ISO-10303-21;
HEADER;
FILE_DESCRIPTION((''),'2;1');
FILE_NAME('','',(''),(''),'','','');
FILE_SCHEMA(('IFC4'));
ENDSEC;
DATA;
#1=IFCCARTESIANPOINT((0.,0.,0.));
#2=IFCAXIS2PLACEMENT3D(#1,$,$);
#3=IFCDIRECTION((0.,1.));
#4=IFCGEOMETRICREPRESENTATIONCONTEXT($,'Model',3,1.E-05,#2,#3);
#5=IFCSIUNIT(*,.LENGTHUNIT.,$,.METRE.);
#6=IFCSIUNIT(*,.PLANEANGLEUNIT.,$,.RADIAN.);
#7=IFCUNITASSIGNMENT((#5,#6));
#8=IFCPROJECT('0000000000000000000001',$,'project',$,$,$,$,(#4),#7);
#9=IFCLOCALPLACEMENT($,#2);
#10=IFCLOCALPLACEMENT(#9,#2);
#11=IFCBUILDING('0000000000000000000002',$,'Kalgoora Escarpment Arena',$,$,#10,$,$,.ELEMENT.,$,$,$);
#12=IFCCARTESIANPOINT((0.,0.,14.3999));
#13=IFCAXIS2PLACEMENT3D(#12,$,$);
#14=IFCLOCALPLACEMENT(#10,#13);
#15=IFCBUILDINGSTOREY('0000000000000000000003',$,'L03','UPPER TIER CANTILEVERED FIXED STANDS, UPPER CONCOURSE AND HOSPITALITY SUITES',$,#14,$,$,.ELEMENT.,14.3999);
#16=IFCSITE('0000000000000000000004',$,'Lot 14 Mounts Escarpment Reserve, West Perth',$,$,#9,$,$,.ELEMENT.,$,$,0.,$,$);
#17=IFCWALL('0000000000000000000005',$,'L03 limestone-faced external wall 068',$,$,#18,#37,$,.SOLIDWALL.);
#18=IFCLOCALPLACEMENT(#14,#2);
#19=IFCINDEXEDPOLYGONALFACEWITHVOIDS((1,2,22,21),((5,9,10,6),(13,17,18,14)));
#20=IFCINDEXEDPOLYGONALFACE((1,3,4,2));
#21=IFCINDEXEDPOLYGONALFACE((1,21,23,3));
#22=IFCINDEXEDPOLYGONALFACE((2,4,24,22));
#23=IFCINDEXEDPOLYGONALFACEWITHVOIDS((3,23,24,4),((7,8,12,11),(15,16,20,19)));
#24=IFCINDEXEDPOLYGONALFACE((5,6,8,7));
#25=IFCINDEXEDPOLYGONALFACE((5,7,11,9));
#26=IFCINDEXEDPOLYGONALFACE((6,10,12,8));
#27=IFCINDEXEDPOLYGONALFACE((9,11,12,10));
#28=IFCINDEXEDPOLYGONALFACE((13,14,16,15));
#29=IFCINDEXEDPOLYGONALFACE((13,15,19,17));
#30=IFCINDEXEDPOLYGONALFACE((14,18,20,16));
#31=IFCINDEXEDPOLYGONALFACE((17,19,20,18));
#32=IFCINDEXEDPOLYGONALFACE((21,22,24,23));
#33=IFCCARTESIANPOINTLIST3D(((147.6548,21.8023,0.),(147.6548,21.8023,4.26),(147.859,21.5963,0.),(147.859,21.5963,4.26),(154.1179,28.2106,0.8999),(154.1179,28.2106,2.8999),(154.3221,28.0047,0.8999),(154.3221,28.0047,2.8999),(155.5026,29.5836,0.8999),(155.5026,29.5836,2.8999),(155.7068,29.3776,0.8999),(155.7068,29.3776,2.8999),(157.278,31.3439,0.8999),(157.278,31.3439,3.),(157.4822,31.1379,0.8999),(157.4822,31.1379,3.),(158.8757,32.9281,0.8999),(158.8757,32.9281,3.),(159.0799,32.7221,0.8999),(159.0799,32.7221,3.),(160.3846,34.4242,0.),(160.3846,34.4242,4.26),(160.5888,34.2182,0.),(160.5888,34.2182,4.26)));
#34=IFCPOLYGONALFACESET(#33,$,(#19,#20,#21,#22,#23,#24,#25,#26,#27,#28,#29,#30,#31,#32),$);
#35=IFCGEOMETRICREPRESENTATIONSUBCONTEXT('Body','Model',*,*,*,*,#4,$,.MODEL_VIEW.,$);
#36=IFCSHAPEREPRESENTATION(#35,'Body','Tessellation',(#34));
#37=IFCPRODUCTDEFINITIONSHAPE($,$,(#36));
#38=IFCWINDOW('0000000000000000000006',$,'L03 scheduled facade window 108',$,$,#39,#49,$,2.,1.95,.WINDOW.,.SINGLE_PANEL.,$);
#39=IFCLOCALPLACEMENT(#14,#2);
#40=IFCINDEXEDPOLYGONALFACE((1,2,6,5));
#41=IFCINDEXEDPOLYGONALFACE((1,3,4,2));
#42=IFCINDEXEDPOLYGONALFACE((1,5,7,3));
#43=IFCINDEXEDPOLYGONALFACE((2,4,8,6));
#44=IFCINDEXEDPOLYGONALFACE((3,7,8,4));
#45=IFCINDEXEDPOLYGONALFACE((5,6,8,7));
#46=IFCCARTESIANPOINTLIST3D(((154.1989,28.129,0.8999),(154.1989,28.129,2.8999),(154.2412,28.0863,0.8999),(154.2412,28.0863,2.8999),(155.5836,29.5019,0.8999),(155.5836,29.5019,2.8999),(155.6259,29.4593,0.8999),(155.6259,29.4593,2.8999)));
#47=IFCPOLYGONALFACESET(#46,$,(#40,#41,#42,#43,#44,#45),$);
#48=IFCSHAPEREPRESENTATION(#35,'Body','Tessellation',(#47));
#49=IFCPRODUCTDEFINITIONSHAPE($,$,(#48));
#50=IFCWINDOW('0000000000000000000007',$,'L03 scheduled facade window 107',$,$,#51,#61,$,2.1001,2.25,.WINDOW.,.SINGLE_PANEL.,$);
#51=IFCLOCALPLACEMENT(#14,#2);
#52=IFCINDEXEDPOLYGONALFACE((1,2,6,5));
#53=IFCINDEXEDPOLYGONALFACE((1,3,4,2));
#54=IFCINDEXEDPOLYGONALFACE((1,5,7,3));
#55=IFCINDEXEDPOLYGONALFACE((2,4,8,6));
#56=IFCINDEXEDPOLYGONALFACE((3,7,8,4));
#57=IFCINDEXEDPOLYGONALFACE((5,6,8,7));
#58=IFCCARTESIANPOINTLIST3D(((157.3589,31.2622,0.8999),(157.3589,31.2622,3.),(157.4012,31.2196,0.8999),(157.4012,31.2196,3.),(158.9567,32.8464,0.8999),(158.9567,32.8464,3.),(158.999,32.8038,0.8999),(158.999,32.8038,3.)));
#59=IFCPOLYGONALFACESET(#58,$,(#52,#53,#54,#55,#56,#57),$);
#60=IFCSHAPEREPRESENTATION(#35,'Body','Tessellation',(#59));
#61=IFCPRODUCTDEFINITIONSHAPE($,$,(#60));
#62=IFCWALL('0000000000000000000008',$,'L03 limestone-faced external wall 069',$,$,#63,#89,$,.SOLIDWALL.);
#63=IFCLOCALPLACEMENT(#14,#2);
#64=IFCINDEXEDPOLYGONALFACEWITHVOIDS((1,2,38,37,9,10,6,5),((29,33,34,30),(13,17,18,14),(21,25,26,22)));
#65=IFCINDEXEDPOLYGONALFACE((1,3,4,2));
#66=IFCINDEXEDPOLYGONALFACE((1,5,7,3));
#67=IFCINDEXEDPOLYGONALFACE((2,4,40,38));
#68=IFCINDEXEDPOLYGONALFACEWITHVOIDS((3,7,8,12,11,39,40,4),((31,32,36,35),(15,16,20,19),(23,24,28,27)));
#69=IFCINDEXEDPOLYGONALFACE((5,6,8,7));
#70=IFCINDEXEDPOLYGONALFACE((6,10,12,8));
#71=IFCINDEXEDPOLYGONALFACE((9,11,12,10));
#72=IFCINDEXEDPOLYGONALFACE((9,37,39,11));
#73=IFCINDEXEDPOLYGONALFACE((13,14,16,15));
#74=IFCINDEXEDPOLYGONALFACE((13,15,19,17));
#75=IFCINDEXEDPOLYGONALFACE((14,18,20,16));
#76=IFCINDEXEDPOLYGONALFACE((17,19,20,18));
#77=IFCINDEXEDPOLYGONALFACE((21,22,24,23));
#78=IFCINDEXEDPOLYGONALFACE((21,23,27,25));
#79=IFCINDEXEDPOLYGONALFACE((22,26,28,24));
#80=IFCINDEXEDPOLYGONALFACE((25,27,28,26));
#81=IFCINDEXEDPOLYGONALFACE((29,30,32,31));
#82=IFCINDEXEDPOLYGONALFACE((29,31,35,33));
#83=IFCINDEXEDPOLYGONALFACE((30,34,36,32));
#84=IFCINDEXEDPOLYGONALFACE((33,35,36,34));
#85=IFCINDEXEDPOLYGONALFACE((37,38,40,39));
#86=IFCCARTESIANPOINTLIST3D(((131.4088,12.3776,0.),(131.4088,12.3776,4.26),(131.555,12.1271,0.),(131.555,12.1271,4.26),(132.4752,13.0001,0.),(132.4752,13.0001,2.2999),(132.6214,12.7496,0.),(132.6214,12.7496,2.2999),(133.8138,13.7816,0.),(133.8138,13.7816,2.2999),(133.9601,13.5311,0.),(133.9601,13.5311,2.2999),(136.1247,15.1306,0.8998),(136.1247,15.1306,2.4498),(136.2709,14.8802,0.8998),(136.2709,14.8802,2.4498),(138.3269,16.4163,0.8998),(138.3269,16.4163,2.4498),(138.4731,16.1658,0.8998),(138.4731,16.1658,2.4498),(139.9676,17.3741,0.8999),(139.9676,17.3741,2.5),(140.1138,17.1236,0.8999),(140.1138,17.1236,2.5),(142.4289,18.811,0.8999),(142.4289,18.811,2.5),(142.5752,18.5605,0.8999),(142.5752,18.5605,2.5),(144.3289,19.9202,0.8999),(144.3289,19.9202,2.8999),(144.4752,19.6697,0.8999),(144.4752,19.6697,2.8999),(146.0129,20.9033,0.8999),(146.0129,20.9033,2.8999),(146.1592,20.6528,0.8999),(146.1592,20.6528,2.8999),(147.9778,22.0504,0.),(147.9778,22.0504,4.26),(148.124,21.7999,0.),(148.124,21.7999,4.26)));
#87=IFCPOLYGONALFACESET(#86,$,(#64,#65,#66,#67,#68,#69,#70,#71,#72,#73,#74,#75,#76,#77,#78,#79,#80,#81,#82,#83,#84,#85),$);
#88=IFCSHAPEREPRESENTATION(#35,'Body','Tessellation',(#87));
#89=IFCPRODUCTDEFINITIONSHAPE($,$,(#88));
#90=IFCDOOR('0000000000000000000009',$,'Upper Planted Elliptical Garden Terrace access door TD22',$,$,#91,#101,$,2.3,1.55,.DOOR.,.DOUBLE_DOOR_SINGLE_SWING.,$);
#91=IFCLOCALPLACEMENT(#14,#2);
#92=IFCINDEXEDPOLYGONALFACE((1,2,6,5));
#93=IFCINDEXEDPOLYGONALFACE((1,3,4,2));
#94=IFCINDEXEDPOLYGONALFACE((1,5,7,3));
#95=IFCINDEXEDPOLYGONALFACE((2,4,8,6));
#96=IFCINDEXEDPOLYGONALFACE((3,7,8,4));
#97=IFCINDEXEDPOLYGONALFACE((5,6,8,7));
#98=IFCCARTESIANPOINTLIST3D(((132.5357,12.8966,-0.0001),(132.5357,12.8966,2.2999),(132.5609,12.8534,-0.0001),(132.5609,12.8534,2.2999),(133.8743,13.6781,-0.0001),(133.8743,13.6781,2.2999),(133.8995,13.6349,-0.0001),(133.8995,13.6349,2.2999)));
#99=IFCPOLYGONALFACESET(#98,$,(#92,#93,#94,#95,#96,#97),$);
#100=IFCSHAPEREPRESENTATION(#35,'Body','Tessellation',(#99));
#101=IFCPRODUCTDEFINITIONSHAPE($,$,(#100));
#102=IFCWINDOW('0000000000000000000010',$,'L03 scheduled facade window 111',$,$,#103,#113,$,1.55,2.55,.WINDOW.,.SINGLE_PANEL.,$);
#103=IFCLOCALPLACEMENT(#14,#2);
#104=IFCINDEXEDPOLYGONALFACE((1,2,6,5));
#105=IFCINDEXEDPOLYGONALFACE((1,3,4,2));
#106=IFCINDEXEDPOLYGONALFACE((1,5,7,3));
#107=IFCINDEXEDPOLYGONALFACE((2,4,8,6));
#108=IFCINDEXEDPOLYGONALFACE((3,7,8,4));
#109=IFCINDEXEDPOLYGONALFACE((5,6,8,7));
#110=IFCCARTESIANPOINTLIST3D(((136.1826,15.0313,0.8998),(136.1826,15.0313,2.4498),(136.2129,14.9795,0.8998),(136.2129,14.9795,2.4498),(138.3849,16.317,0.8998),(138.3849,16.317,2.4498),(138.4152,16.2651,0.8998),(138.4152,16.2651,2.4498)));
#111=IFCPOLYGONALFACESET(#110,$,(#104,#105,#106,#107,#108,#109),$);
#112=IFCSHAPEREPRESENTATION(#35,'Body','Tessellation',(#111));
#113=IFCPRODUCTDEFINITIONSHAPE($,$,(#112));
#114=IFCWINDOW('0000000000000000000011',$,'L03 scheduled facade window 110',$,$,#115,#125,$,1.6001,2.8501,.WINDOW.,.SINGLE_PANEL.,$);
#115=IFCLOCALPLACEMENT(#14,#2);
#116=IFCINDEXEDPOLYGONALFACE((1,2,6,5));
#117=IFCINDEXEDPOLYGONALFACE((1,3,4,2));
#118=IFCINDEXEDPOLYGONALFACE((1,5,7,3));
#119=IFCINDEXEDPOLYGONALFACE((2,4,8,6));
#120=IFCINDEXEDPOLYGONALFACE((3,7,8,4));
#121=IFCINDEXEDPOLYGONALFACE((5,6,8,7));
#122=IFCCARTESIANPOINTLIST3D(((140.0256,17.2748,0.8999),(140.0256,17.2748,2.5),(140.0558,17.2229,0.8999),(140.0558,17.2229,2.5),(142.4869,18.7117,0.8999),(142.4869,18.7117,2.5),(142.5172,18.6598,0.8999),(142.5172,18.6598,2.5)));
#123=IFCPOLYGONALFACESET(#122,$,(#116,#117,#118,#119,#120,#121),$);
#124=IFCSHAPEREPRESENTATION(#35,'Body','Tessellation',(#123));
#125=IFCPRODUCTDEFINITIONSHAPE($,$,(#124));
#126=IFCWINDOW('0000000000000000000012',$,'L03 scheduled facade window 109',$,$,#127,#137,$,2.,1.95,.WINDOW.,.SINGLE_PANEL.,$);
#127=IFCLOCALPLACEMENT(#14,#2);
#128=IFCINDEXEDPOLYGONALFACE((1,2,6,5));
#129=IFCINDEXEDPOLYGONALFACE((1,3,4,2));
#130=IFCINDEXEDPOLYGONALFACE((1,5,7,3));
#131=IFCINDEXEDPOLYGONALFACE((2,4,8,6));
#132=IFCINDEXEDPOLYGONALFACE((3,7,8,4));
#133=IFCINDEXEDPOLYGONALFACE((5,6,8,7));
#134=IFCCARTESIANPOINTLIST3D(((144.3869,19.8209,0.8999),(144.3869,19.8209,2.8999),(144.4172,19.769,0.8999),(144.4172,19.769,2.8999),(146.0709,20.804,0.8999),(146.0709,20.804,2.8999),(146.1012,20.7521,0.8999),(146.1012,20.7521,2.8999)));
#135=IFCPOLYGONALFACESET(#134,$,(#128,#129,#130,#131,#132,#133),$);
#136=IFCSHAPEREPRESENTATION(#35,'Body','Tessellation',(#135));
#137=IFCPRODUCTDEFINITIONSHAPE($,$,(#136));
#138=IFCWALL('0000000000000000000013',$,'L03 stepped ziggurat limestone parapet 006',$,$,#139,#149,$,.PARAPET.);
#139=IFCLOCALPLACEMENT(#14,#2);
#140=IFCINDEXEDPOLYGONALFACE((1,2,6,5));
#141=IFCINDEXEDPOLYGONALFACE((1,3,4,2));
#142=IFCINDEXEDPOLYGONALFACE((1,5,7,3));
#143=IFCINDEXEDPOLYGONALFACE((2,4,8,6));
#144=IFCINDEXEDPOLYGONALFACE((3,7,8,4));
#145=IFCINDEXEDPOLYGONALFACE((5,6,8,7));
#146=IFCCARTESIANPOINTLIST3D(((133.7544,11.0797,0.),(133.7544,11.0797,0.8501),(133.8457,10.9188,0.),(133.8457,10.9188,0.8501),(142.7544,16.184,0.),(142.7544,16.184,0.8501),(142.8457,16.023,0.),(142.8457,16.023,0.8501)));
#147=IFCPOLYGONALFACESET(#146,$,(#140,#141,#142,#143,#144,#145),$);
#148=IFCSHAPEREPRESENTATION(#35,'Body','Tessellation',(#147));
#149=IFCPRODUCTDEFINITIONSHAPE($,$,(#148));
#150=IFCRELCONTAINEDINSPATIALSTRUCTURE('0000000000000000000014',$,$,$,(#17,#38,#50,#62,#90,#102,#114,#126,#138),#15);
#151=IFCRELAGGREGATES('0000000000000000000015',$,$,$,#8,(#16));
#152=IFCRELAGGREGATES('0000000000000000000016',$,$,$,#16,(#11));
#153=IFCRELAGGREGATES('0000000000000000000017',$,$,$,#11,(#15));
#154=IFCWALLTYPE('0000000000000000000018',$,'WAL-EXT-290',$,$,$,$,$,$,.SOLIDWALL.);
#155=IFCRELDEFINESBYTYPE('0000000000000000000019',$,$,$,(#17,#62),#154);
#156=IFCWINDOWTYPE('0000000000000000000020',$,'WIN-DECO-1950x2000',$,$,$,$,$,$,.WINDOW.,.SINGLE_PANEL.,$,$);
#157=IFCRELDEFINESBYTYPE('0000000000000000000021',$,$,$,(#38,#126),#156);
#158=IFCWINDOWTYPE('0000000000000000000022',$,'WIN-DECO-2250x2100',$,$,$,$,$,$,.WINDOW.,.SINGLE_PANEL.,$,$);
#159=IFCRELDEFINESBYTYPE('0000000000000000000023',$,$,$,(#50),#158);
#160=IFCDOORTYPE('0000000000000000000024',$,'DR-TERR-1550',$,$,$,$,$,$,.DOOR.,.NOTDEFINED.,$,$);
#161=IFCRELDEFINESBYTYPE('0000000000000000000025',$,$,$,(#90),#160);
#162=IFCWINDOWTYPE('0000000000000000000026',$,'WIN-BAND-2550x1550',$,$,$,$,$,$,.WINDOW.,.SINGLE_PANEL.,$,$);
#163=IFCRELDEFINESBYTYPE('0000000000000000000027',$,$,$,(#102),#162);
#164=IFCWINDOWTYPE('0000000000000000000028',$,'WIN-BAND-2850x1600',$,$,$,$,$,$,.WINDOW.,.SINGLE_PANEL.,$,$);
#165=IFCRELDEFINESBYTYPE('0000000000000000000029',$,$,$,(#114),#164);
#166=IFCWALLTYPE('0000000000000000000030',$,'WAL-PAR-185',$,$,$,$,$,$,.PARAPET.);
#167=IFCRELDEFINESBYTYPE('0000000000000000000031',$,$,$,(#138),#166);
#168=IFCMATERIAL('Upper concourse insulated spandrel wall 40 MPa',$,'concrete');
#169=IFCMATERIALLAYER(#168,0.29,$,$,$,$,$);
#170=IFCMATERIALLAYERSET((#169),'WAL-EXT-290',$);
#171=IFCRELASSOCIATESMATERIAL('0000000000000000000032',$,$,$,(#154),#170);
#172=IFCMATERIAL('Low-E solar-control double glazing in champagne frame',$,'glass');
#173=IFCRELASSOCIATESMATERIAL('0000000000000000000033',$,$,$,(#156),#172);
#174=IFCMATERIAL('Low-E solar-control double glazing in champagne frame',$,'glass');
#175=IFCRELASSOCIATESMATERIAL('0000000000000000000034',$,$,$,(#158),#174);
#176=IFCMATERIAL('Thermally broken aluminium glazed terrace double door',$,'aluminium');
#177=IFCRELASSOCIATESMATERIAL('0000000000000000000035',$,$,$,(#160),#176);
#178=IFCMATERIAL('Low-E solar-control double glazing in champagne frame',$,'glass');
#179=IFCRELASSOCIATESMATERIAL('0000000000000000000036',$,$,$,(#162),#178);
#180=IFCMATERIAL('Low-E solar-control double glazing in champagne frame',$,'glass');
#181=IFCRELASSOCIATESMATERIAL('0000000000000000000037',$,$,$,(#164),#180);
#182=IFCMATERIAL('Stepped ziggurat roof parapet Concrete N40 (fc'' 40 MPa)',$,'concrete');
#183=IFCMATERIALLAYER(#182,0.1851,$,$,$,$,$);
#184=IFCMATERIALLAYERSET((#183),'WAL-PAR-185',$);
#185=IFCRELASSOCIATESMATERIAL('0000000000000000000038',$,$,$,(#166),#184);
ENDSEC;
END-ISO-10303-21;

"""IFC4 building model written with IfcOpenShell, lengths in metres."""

from ifc_helpers import new_model, si_unit, direction, frame, frame_2d, origin, place, context, subcontext, project, spatial, rectangle, extrude, material, layer, layer_set, type_object, element, fill, save


model = new_model("IFC4")

# Units and contexts
model_context = context("Model", 3, precision=1e-05, world=origin(), true_north=direction((0.0, 1.0)))
body_context = subcontext(model_context, "Body", "Model", "MODEL_VIEW")
ifc_project = project(units=[si_unit("LENGTHUNIT", "METRE"), si_unit("PLANEANGLEUNIT", "RADIAN")], contexts=[model_context])

# Site, building, storey
site_placement = place(None, origin())
site = spatial("IfcSite", under=ifc_project, at=site_placement, Name="Lot 14 Mounts Escarpment Reserve, West Perth", CompositionType="ELEMENT", RefElevation=0.0)
building_placement = place(site_placement, origin())
building = spatial("IfcBuilding", under=site, at=building_placement, Name="Kalgoora Escarpment Arena", CompositionType="ELEMENT")
storey_placement = place(building_placement, frame((0.0, 0.0, 14.3999)))
storey = spatial("IfcBuildingStorey", under=building, at=storey_placement, Name="L03", Description="UPPER TIER CANTILEVERED FIXED STANDS, UPPER CONCOURSE AND HOSPITALITY SUITES", CompositionType="ELEMENT", Elevation=14.3999)

# Wall, openings, windows
ifc_material_1 = material(Name="Upper concourse insulated spandrel wall 40 MPa", Category="concrete")
ifc_layer_1 = layer(ifc_material_1, 0.29)
ifc_layer_set_1 = layer_set([ifc_layer_1], Name="WAL-EXT-290")
wall_type_1 = type_object("IfcWallType", Name="WAL-EXT-290", PredefinedType="SOLIDWALL", material=ifc_layer_set_1)
wall_1_placement = place(storey_placement, frame((160.4868, 34.3213, 0.0), z_axis=(0.0, 0.0, 1.0), x_axis=(-0.71011, -0.704091, 0.0)))
wall_1 = element("IfcWall", 1, at=wall_1_placement, inside=storey, type_object=wall_type_1, Name="L03 limestone-faced external wall 068", PredefinedType="SOLIDWALL", context=body_context, shape_type="SweptSolid", body=[
    extrude(rectangle(XDim=17.9265, YDim=0.29, at=frame_2d((8.9634, 0.0))), origin(), (0.0, 0.0, 1.0), 4.26),
])
opening_1_placement = place(wall_1_placement, frame((2.125, 0.0, 0.8999)))
opening_1 = element("IfcOpeningElement", 2, at=opening_1_placement, cuts=wall_1, PredefinedType="OPENING", context=body_context, shape_type="SweptSolid", body=[
    extrude(rectangle(XDim=2.25, YDim=2.1001, at=frame_2d((1.125, 1.05))), frame((0.0, 0.155, 0.0), z_axis=(0.0, -1.0, 0.0), x_axis=(1.0, 0.0, 0.0)), (0.0, 0.0, 1.0), 0.3101),
])
opening_2_placement = place(wall_1_placement, frame((6.875, 0.0, 0.8999)))
opening_2 = element("IfcOpeningElement", 3, at=opening_2_placement, cuts=wall_1, PredefinedType="OPENING", context=body_context, shape_type="SweptSolid", body=[
    extrude(rectangle(XDim=1.95, YDim=2.0, at=frame_2d((0.9751, 1.0))), frame((0.0, 0.155, 0.0), z_axis=(0.0, -1.0, 0.0), x_axis=(1.0, 0.0, 0.0)), (0.0, 0.0, 1.0), 0.3101),
])
ifc_material_2 = material(Name="Low-E solar-control double glazing in champagne frame", Category="glass")
window_type_1 = type_object("IfcWindowType", Name="WIN-DECO-1950x2000", PartitioningType="SINGLE_PANEL", PredefinedType="WINDOW", material=ifc_material_2)
window_1_placement = place(opening_2_placement, origin())
window_1 = element("IfcWindow", 4, at=window_1_placement, inside=storey, type_object=window_type_1, Name="L03 scheduled facade window 108", OverallHeight=2.0, OverallWidth=1.95, PartitioningType="SINGLE_PANEL", PredefinedType="WINDOW", context=body_context, shape_type="SweptSolid", body=[
    extrude(rectangle(XDim=1.95, YDim=2.0, at=frame_2d((0.9751, 1.0))), frame((0.0, 0.03, 0.0), z_axis=(0.0, -1.0, 0.0), x_axis=(1.0, 0.0, 0.0)), (0.0, 0.0, 1.0), 0.0601),
])
fill(opening_2, window_1)
ifc_material_3 = material(Name="Low-E solar-control double glazing in champagne frame", Category="glass")
window_type_2 = type_object("IfcWindowType", Name="WIN-DECO-2250x2100", PartitioningType="SINGLE_PANEL", PredefinedType="WINDOW", material=ifc_material_3)
window_2_placement = place(opening_1_placement, origin())
window_2 = element("IfcWindow", 5, at=window_2_placement, inside=storey, type_object=window_type_2, Name="L03 scheduled facade window 107", OverallHeight=2.1001, OverallWidth=2.25, PartitioningType="SINGLE_PANEL", PredefinedType="WINDOW", context=body_context, shape_type="SweptSolid", body=[
    extrude(rectangle(XDim=2.25, YDim=2.1001, at=frame_2d((1.125, 1.05))), frame((0.0, 0.03, 0.0), z_axis=(0.0, -1.0, 0.0), x_axis=(1.0, 0.0, 0.0)), (0.0, 0.0, 1.0), 0.0601),
])
fill(opening_1, window_2)

# Wall, openings, door, windows
wall_2_placement = place(storey_placement, frame((148.0508, 21.925, 0.0), z_axis=(0.0, 0.0, 1.0), x_axis=(-0.863608, -0.504165, 0.0)))
wall_2 = element("IfcWall", 6, at=wall_2_placement, inside=storey, type_object=wall_type_1, Name="L03 limestone-faced external wall 069", PredefinedType="SOLIDWALL", context=body_context, shape_type="SweptSolid", body=[
    extrude(rectangle(XDim=19.1858, YDim=0.29, at=frame_2d((9.5928, 0.0))), origin(), (0.0, 0.0, 1.0), 4.26),
])
opening_3_placement = place(wall_2_placement, frame((16.4009, 0.0, 0.0)))
opening_3 = element("IfcOpeningElement", 7, at=opening_3_placement, cuts=wall_2, PredefinedType="OPENING", context=body_context, shape_type="SweptSolid", body=[
    extrude(rectangle(XDim=1.55, YDim=2.3, at=frame_2d((0.7749, 1.1499))), frame((0.0, 0.155, 0.0), z_axis=(0.0, -1.0, 0.0), x_axis=(1.0, 0.0, 0.0)), (0.0, 0.0, 1.0), 0.3101),
])
opening_4_placement = place(wall_2_placement, frame((2.2749, 0.0, 0.8999)))
opening_4 = element("IfcOpeningElement", 8, at=opening_4_placement, cuts=wall_2, PredefinedType="OPENING", context=body_context, shape_type="SweptSolid", body=[
    extrude(rectangle(XDim=1.95, YDim=2.0, at=frame_2d((0.9751, 1.0))), frame((0.0, 0.155, 0.0), z_axis=(0.0, -1.0, 0.0), x_axis=(1.0, 0.0, 0.0)), (0.0, 0.0, 1.0), 0.3101),
])
opening_5_placement = place(wall_2_placement, frame((6.425, 0.0, 0.8999)))
opening_5 = element("IfcOpeningElement", 9, at=opening_5_placement, cuts=wall_2, PredefinedType="OPENING", context=body_context, shape_type="SweptSolid", body=[
    extrude(rectangle(XDim=2.8501, YDim=1.6001, at=frame_2d((1.425, 0.8))), frame((0.0, 0.155, 0.0), z_axis=(0.0, -1.0, 0.0), x_axis=(1.0, 0.0, 0.0)), (0.0, 0.0, 1.0), 0.3101),
])
opening_6_placement = place(wall_2_placement, frame((11.175, 0.0, 0.8999)))
opening_6 = element("IfcOpeningElement", 10, at=opening_6_placement, cuts=wall_2, PredefinedType="OPENING", context=body_context, shape_type="SweptSolid", body=[
    extrude(rectangle(XDim=2.55, YDim=1.55, at=frame_2d((1.2749, 0.7749))), frame((0.0, 0.155, 0.0), z_axis=(0.0, -1.0, 0.0), x_axis=(1.0, 0.0, 0.0)), (0.0, 0.0, 1.0), 0.3101),
])
ifc_material_4 = material(Name="Thermally broken aluminium glazed terrace double door", Category="aluminium")
door_type_1 = type_object("IfcDoorType", Name="DR-TERR-1550", OperationType="NOTDEFINED", PredefinedType="DOOR", material=ifc_material_4)
door_1_placement = place(opening_3_placement, origin())
door_1 = element("IfcDoor", 11, at=door_1_placement, inside=storey, type_object=door_type_1, Name="Upper Planted Elliptical Garden Terrace access door TD22", OperationType="DOUBLE_DOOR_SINGLE_SWING", OverallHeight=2.3, OverallWidth=1.55, PredefinedType="DOOR", context=body_context, shape_type="SweptSolid", body=[
    extrude(rectangle(XDim=1.55, YDim=2.3, at=frame_2d((0.7749, 1.1499))), frame((0.0, 0.0249, 0.0), z_axis=(0.0, -1.0, 0.0), x_axis=(1.0, 0.0, 0.0)), (0.0, 0.0, 1.0), 0.05),
])
fill(opening_3, door_1)
ifc_material_5 = material(Name="Low-E solar-control double glazing in champagne frame", Category="glass")
window_type_3 = type_object("IfcWindowType", Name="WIN-BAND-2550x1550", PartitioningType="SINGLE_PANEL", PredefinedType="WINDOW", material=ifc_material_5)
window_3_placement = place(opening_6_placement, origin())
window_3 = element("IfcWindow", 12, at=window_3_placement, inside=storey, type_object=window_type_3, Name="L03 scheduled facade window 111", OverallHeight=1.55, OverallWidth=2.55, PartitioningType="SINGLE_PANEL", PredefinedType="WINDOW", context=body_context, shape_type="SweptSolid", body=[
    extrude(rectangle(XDim=2.55, YDim=1.55, at=frame_2d((1.2749, 0.7749))), frame((0.0, 0.03, 0.0), z_axis=(0.0, -1.0, 0.0), x_axis=(1.0, 0.0, 0.0)), (0.0, 0.0, 1.0), 0.0601),
])
fill(opening_6, window_3)
ifc_material_6 = material(Name="Low-E solar-control double glazing in champagne frame", Category="glass")
window_type_4 = type_object("IfcWindowType", Name="WIN-BAND-2850x1600", PartitioningType="SINGLE_PANEL", PredefinedType="WINDOW", material=ifc_material_6)
window_4_placement = place(opening_5_placement, origin())
window_4 = element("IfcWindow", 13, at=window_4_placement, inside=storey, type_object=window_type_4, Name="L03 scheduled facade window 110", OverallHeight=1.6001, OverallWidth=2.8501, PartitioningType="SINGLE_PANEL", PredefinedType="WINDOW", context=body_context, shape_type="SweptSolid", body=[
    extrude(rectangle(XDim=2.8501, YDim=1.6001, at=frame_2d((1.425, 0.8))), frame((0.0, 0.03, 0.0), z_axis=(0.0, -1.0, 0.0), x_axis=(1.0, 0.0, 0.0)), (0.0, 0.0, 1.0), 0.0601),
])
fill(opening_5, window_4)
window_5_placement = place(opening_4_placement, origin())
window_5 = element("IfcWindow", 14, at=window_5_placement, inside=storey, type_object=window_type_1, Name="L03 scheduled facade window 109", OverallHeight=2.0, OverallWidth=1.95, PartitioningType="SINGLE_PANEL", PredefinedType="WINDOW", context=body_context, shape_type="SweptSolid", body=[
    extrude(rectangle(XDim=1.95, YDim=2.0, at=frame_2d((0.9751, 1.0))), frame((0.0, 0.03, 0.0), z_axis=(0.0, -1.0, 0.0), x_axis=(1.0, 0.0, 0.0)), (0.0, 0.0, 1.0), 0.0601),
])
fill(opening_4, window_5)

# Wall
ifc_material_7 = material(Name="Stepped ziggurat roof parapet Concrete N40 (fc' 40 MPa)", Category="concrete")
ifc_layer_2 = layer(ifc_material_7, 0.1851)
ifc_layer_set_2 = layer_set([ifc_layer_2], Name="WAL-PAR-185")
wall_type_2 = type_object("IfcWallType", Name="WAL-PAR-185", PredefinedType="PARAPET", material=ifc_layer_set_2)
wall_3_placement = place(storey_placement, frame((142.8, 16.1035, 0.0), z_axis=(0.0, 0.0, 1.0), x_axis=(-0.869846, -0.493323, 0.0)))
element("IfcWall", 15, at=wall_3_placement, inside=storey, type_object=wall_type_2, Name="L03 stepped ziggurat limestone parapet 006", PredefinedType="PARAPET", context=body_context, shape_type="SweptSolid", body=[
    extrude(rectangle(XDim=10.3467, YDim=0.1851, at=frame_2d((5.1733, 0.0))), origin(), (0.0, 0.0, 1.0), 0.8501),
])

save(model, "model.ifc")
